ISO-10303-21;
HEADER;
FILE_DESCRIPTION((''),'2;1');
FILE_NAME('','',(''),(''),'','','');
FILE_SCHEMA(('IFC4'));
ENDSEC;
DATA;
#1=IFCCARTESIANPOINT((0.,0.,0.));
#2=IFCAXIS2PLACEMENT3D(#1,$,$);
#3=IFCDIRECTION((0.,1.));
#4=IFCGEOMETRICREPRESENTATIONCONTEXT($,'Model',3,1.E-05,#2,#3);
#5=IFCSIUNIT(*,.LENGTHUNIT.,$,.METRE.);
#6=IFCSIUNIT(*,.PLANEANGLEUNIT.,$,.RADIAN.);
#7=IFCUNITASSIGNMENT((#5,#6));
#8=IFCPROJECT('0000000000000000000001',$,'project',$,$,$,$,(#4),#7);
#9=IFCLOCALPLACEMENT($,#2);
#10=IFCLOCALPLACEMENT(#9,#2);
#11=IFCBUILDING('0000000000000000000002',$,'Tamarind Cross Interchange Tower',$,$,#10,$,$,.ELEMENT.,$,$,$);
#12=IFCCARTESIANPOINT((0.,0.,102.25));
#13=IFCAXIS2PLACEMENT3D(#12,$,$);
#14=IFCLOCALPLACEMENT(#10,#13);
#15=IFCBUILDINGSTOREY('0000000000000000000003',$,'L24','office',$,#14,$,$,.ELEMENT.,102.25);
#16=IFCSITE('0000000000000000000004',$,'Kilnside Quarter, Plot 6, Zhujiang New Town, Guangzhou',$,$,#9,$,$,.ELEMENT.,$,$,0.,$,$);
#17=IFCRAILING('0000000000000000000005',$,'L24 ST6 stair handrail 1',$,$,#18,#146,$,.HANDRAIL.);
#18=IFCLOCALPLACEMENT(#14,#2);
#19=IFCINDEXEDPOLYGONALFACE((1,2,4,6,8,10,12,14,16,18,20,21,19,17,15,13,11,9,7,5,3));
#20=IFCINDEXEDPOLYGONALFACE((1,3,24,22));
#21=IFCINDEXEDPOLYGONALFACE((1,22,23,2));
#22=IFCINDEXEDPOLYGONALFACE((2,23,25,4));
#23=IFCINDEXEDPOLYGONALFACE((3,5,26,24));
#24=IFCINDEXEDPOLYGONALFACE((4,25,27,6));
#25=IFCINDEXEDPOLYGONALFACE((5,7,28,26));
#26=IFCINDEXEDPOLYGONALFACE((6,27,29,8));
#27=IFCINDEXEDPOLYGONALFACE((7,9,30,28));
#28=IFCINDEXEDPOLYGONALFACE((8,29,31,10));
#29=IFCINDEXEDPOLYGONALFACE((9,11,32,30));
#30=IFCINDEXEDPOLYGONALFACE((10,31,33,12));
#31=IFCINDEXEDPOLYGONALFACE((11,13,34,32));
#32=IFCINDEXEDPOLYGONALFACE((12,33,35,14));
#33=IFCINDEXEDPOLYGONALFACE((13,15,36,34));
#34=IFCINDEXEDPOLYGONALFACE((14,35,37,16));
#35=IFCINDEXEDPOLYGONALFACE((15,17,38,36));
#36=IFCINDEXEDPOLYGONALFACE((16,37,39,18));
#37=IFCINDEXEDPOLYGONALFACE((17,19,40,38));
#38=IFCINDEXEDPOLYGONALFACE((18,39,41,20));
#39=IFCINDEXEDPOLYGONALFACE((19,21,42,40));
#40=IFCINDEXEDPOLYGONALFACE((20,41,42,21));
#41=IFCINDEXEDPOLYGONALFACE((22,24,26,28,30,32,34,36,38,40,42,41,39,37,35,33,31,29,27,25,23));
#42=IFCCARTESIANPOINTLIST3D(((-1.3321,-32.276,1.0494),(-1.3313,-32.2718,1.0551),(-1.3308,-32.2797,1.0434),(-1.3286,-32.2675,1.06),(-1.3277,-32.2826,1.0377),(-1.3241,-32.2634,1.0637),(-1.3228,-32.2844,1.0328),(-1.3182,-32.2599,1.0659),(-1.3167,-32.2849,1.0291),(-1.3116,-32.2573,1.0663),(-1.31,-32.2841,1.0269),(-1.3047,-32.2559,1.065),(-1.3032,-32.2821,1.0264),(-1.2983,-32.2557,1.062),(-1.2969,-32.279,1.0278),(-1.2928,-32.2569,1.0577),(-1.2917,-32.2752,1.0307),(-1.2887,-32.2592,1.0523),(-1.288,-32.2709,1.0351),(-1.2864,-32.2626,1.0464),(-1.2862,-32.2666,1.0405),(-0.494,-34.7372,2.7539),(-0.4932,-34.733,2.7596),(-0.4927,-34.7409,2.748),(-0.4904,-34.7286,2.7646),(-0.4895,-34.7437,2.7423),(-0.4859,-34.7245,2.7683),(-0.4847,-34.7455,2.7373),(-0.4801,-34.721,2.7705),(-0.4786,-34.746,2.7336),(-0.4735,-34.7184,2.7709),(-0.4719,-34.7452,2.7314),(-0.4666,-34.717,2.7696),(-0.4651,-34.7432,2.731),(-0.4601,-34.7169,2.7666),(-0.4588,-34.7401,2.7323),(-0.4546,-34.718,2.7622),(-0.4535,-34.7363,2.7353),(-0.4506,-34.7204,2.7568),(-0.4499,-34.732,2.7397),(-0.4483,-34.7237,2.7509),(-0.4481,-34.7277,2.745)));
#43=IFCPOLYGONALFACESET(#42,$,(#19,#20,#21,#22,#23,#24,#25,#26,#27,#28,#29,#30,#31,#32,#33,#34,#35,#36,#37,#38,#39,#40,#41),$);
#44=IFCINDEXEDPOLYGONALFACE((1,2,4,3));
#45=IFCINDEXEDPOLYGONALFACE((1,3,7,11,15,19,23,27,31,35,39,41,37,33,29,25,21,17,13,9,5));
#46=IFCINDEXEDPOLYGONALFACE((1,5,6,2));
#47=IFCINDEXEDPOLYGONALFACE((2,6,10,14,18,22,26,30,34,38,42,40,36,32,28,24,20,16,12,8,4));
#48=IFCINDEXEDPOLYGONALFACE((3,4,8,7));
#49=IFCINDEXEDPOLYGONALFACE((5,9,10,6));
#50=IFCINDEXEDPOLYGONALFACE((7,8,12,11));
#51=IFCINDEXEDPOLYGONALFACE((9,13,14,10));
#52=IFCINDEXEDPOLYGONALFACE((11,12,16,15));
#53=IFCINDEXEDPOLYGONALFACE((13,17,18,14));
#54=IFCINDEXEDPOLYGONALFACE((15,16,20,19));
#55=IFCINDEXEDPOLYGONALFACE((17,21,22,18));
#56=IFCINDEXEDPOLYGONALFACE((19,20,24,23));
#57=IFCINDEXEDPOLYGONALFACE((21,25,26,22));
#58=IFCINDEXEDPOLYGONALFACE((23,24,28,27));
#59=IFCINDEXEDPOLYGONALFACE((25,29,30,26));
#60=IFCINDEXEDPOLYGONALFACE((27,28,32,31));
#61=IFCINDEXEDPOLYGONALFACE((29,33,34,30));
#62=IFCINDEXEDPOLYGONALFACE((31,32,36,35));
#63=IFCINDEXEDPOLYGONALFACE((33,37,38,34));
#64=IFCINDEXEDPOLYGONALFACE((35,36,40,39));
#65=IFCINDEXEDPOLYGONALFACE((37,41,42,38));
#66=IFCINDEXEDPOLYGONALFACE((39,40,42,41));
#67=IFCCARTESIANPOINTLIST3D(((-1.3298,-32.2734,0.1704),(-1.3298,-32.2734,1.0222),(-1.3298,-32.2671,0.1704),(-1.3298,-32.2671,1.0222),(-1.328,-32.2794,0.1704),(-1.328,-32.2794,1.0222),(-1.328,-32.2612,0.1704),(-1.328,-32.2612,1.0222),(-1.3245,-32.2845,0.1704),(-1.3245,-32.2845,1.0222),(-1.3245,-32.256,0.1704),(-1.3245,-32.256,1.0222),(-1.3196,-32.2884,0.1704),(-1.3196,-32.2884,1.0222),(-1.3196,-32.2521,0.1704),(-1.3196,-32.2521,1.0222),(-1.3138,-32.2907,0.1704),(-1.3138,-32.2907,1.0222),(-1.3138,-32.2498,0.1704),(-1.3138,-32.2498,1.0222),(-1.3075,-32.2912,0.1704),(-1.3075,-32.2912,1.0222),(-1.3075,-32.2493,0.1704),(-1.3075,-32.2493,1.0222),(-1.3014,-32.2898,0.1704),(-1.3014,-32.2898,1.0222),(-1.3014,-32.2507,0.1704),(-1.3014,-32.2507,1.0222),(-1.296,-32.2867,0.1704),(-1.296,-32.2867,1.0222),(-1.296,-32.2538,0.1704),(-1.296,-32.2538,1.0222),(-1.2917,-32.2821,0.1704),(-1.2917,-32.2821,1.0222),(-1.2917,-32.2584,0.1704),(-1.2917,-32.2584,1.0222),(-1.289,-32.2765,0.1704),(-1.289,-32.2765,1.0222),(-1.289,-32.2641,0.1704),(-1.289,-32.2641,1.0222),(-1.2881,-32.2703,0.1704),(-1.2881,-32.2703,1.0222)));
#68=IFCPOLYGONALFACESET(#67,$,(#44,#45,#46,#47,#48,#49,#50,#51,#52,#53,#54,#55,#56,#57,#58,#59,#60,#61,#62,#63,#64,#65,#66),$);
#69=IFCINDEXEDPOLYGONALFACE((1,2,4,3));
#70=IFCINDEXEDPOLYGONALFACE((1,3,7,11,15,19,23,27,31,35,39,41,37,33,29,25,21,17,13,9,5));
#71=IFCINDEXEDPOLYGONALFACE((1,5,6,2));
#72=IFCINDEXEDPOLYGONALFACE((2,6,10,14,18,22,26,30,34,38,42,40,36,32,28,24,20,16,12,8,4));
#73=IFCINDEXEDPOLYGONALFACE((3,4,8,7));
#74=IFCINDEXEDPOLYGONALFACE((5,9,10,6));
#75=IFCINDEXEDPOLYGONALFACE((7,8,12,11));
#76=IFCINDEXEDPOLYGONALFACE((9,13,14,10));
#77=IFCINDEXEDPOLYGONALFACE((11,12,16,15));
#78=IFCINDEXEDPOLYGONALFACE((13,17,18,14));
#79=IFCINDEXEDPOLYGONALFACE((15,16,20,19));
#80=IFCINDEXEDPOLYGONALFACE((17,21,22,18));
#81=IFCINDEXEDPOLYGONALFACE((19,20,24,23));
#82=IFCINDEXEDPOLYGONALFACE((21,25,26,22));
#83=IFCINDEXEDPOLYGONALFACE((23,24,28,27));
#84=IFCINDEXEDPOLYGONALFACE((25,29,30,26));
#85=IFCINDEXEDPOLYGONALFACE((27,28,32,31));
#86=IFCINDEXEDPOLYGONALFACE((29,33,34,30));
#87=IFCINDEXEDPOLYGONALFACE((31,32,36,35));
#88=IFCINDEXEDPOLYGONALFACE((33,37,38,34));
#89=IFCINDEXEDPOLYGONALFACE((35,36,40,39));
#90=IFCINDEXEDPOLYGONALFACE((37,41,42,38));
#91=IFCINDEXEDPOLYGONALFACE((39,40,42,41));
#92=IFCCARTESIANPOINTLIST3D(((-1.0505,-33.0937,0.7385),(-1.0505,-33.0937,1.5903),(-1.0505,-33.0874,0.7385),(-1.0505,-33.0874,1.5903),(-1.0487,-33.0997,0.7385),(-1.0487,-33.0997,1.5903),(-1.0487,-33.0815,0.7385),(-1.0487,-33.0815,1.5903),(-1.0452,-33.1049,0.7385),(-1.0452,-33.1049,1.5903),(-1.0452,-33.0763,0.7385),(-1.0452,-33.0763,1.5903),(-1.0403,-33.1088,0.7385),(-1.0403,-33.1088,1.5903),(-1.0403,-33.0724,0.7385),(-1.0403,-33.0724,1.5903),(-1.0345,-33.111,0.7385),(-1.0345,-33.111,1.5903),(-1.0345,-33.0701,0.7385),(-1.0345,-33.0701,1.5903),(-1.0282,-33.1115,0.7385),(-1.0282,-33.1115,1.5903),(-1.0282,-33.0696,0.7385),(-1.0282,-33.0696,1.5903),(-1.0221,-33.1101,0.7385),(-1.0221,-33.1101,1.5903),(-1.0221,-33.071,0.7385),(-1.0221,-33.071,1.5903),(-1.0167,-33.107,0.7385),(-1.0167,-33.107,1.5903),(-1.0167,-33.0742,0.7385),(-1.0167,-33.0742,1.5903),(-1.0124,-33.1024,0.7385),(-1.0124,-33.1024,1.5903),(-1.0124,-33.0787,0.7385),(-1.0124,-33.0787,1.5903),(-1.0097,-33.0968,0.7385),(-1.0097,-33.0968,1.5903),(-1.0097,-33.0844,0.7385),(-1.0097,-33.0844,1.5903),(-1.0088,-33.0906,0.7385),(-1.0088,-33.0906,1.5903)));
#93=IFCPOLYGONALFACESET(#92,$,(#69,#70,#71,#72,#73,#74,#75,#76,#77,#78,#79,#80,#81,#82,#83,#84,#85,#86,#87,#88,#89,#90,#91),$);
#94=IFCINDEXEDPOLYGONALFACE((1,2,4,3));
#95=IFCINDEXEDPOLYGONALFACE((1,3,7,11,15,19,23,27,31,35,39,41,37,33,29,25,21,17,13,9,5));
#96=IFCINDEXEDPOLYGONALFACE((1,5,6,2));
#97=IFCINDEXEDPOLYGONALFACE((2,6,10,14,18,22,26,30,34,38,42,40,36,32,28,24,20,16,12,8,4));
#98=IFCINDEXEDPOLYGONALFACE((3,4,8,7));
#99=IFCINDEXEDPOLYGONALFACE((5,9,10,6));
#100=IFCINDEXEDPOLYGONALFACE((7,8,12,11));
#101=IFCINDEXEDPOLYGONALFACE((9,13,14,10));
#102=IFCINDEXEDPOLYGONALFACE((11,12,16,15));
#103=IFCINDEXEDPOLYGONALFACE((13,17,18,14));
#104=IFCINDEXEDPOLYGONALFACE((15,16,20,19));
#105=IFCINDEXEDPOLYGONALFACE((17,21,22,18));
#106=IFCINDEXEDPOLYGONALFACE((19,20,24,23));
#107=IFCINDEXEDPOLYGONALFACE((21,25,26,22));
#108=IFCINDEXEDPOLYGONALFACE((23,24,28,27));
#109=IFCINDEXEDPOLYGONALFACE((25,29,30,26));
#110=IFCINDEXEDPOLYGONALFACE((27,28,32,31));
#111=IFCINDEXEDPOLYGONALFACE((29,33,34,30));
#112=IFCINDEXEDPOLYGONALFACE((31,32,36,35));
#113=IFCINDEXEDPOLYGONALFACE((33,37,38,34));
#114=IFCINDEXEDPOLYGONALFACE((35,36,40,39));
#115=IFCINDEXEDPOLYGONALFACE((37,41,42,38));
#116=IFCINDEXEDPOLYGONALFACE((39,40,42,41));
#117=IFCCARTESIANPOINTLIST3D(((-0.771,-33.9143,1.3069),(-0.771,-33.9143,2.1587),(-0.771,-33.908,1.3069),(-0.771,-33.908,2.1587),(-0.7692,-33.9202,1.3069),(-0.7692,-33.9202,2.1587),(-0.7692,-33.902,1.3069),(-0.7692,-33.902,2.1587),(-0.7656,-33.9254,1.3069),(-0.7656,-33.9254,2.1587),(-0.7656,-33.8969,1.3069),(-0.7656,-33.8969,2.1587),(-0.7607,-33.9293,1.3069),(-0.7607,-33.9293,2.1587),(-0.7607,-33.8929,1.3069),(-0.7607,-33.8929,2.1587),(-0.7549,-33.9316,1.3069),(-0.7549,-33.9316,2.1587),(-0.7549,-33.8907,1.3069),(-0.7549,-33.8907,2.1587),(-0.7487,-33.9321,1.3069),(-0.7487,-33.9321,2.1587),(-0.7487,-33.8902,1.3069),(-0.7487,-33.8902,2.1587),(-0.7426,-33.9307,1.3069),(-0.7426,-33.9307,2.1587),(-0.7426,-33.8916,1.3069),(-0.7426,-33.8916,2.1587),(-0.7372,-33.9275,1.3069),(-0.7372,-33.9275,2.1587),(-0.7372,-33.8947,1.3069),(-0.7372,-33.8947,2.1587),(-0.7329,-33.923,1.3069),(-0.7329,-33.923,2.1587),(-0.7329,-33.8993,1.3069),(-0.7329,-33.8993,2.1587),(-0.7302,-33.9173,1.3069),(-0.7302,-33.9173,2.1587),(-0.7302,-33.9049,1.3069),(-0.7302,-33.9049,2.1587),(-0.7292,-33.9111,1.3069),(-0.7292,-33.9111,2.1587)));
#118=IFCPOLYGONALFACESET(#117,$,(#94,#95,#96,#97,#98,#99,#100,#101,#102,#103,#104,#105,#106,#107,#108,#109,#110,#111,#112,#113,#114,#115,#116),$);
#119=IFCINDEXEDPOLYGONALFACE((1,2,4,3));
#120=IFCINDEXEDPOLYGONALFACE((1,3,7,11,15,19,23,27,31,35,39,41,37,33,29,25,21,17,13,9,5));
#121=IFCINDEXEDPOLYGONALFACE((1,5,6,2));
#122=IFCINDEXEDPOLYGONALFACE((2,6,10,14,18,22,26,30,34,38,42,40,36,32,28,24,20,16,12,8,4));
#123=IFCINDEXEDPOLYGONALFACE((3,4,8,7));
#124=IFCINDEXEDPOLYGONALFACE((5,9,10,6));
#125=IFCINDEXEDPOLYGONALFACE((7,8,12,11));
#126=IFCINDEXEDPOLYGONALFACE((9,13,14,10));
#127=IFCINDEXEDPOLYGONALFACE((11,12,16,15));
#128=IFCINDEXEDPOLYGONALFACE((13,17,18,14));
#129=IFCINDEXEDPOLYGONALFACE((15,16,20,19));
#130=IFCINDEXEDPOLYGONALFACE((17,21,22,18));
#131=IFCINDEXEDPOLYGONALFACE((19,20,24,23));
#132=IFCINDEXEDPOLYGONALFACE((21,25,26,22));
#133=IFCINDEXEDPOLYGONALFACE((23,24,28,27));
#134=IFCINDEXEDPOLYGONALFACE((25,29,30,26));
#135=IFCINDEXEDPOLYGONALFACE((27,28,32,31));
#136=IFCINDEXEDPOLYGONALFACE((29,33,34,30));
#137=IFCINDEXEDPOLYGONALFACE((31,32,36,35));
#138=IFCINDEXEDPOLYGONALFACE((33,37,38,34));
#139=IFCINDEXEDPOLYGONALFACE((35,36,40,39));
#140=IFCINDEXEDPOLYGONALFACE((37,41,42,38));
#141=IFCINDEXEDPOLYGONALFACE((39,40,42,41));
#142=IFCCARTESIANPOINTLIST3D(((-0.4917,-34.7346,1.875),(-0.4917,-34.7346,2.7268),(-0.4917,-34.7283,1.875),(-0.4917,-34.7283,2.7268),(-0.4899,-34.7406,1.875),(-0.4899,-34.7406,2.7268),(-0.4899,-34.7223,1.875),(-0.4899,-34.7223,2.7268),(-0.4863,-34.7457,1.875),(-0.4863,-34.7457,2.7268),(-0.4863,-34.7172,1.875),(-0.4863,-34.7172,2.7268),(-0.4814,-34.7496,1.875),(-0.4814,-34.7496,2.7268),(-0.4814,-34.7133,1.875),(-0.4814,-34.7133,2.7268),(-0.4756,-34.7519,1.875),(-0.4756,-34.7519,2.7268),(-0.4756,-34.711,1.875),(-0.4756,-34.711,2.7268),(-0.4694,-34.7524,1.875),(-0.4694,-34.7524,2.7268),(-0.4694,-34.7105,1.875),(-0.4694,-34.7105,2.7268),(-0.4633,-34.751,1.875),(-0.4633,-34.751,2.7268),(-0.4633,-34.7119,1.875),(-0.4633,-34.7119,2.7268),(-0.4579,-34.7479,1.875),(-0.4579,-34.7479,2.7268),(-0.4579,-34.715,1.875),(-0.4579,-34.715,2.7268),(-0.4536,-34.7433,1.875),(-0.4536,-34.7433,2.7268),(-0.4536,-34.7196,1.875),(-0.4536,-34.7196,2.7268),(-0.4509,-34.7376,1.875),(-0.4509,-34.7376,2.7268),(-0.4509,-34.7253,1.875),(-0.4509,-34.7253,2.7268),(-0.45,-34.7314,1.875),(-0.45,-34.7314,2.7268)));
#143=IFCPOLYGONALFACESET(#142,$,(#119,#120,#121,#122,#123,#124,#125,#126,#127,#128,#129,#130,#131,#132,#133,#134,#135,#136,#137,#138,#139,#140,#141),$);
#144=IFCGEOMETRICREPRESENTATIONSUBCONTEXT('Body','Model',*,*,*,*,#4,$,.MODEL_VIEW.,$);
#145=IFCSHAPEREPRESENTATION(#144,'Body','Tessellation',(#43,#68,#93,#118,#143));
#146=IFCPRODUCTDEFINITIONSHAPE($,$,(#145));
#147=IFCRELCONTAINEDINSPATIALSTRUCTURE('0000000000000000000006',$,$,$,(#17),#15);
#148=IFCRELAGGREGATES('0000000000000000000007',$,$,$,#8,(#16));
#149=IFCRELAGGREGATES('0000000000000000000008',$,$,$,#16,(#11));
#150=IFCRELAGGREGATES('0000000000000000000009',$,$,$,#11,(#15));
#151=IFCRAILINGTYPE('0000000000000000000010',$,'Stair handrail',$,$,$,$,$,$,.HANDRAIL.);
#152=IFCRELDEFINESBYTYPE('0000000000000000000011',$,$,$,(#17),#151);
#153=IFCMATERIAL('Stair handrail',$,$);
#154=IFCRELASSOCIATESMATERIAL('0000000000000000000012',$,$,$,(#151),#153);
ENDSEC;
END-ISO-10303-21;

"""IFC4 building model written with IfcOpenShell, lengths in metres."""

from ifc_helpers import new_model, si_unit, direction, frame, origin, origin_2d, place, context, subcontext, project, spatial, circle, extrude, material, type_object, element, save


model = new_model("IFC4")

# Units and contexts
model_context = context("Model", 3, precision=1e-05, world=origin(), true_north=direction((0.0, 1.0)))
body_context = subcontext(model_context, "Body", "Model", "MODEL_VIEW")
ifc_project = project(units=[si_unit("LENGTHUNIT", "METRE"), si_unit("PLANEANGLEUNIT", "RADIAN")], contexts=[model_context])

# Site, building, storey
site_placement = place(None, origin())
site = spatial("IfcSite", under=ifc_project, at=site_placement, Name="Kilnside Quarter, Plot 6, Zhujiang New Town, Guangzhou", CompositionType="ELEMENT", RefElevation=0.0)
building_placement = place(site_placement, origin())
building = spatial("IfcBuilding", under=site, at=building_placement, Name="Tamarind Cross Interchange Tower", CompositionType="ELEMENT")
storey_placement = place(building_placement, frame((0.0, 0.0, 102.25)))
storey = spatial("IfcBuildingStorey", under=building, at=storey_placement, Name="L24", Description="office", CompositionType="ELEMENT", Elevation=102.25)

# Railing
ifc_material_1 = material(Name="Stair handrail")
railing_type_1 = type_object("IfcRailingType", Name="Stair handrail", PredefinedType="HANDRAIL", material=ifc_material_1)
railing_1_placement = place(storey_placement, frame((-1.3091, -32.2703, 0.1704)))
element("IfcRailing", 1, at=railing_1_placement, inside=storey, type_object=railing_type_1, Name="L24 ST6 stair handrail 1", PredefinedType="HANDRAIL", context=body_context, shape_type="SweptSolid", body=[
    extrude(circle(Radius=0.0239, at=origin_2d()), frame((0.0, 0.0, 0.876), z_axis=(0.269589, -0.791646, 0.548286), x_axis=(0.946616, 0.322362, 0.0)), (0.0, 0.0, 1.0), 3.1089),
    extrude(circle(Radius=0.021, at=origin_2d()), origin(), (0.0, 0.0, 1.0), 0.8518),
    extrude(circle(Radius=0.021, at=origin_2d()), frame((0.2793, -0.8203, 0.5681)), (0.0, 0.0, 1.0), 0.8518),
    extrude(circle(Radius=0.021, at=origin_2d()), frame((0.5588, -1.6409, 1.1365)), (0.0, 0.0, 1.0), 0.8518),
    extrude(circle(Radius=0.021, at=origin_2d()), frame((0.8381, -2.4612, 1.7046)), (0.0, 0.0, 1.0), 0.8518),
])

save(model, "model.ifc")
